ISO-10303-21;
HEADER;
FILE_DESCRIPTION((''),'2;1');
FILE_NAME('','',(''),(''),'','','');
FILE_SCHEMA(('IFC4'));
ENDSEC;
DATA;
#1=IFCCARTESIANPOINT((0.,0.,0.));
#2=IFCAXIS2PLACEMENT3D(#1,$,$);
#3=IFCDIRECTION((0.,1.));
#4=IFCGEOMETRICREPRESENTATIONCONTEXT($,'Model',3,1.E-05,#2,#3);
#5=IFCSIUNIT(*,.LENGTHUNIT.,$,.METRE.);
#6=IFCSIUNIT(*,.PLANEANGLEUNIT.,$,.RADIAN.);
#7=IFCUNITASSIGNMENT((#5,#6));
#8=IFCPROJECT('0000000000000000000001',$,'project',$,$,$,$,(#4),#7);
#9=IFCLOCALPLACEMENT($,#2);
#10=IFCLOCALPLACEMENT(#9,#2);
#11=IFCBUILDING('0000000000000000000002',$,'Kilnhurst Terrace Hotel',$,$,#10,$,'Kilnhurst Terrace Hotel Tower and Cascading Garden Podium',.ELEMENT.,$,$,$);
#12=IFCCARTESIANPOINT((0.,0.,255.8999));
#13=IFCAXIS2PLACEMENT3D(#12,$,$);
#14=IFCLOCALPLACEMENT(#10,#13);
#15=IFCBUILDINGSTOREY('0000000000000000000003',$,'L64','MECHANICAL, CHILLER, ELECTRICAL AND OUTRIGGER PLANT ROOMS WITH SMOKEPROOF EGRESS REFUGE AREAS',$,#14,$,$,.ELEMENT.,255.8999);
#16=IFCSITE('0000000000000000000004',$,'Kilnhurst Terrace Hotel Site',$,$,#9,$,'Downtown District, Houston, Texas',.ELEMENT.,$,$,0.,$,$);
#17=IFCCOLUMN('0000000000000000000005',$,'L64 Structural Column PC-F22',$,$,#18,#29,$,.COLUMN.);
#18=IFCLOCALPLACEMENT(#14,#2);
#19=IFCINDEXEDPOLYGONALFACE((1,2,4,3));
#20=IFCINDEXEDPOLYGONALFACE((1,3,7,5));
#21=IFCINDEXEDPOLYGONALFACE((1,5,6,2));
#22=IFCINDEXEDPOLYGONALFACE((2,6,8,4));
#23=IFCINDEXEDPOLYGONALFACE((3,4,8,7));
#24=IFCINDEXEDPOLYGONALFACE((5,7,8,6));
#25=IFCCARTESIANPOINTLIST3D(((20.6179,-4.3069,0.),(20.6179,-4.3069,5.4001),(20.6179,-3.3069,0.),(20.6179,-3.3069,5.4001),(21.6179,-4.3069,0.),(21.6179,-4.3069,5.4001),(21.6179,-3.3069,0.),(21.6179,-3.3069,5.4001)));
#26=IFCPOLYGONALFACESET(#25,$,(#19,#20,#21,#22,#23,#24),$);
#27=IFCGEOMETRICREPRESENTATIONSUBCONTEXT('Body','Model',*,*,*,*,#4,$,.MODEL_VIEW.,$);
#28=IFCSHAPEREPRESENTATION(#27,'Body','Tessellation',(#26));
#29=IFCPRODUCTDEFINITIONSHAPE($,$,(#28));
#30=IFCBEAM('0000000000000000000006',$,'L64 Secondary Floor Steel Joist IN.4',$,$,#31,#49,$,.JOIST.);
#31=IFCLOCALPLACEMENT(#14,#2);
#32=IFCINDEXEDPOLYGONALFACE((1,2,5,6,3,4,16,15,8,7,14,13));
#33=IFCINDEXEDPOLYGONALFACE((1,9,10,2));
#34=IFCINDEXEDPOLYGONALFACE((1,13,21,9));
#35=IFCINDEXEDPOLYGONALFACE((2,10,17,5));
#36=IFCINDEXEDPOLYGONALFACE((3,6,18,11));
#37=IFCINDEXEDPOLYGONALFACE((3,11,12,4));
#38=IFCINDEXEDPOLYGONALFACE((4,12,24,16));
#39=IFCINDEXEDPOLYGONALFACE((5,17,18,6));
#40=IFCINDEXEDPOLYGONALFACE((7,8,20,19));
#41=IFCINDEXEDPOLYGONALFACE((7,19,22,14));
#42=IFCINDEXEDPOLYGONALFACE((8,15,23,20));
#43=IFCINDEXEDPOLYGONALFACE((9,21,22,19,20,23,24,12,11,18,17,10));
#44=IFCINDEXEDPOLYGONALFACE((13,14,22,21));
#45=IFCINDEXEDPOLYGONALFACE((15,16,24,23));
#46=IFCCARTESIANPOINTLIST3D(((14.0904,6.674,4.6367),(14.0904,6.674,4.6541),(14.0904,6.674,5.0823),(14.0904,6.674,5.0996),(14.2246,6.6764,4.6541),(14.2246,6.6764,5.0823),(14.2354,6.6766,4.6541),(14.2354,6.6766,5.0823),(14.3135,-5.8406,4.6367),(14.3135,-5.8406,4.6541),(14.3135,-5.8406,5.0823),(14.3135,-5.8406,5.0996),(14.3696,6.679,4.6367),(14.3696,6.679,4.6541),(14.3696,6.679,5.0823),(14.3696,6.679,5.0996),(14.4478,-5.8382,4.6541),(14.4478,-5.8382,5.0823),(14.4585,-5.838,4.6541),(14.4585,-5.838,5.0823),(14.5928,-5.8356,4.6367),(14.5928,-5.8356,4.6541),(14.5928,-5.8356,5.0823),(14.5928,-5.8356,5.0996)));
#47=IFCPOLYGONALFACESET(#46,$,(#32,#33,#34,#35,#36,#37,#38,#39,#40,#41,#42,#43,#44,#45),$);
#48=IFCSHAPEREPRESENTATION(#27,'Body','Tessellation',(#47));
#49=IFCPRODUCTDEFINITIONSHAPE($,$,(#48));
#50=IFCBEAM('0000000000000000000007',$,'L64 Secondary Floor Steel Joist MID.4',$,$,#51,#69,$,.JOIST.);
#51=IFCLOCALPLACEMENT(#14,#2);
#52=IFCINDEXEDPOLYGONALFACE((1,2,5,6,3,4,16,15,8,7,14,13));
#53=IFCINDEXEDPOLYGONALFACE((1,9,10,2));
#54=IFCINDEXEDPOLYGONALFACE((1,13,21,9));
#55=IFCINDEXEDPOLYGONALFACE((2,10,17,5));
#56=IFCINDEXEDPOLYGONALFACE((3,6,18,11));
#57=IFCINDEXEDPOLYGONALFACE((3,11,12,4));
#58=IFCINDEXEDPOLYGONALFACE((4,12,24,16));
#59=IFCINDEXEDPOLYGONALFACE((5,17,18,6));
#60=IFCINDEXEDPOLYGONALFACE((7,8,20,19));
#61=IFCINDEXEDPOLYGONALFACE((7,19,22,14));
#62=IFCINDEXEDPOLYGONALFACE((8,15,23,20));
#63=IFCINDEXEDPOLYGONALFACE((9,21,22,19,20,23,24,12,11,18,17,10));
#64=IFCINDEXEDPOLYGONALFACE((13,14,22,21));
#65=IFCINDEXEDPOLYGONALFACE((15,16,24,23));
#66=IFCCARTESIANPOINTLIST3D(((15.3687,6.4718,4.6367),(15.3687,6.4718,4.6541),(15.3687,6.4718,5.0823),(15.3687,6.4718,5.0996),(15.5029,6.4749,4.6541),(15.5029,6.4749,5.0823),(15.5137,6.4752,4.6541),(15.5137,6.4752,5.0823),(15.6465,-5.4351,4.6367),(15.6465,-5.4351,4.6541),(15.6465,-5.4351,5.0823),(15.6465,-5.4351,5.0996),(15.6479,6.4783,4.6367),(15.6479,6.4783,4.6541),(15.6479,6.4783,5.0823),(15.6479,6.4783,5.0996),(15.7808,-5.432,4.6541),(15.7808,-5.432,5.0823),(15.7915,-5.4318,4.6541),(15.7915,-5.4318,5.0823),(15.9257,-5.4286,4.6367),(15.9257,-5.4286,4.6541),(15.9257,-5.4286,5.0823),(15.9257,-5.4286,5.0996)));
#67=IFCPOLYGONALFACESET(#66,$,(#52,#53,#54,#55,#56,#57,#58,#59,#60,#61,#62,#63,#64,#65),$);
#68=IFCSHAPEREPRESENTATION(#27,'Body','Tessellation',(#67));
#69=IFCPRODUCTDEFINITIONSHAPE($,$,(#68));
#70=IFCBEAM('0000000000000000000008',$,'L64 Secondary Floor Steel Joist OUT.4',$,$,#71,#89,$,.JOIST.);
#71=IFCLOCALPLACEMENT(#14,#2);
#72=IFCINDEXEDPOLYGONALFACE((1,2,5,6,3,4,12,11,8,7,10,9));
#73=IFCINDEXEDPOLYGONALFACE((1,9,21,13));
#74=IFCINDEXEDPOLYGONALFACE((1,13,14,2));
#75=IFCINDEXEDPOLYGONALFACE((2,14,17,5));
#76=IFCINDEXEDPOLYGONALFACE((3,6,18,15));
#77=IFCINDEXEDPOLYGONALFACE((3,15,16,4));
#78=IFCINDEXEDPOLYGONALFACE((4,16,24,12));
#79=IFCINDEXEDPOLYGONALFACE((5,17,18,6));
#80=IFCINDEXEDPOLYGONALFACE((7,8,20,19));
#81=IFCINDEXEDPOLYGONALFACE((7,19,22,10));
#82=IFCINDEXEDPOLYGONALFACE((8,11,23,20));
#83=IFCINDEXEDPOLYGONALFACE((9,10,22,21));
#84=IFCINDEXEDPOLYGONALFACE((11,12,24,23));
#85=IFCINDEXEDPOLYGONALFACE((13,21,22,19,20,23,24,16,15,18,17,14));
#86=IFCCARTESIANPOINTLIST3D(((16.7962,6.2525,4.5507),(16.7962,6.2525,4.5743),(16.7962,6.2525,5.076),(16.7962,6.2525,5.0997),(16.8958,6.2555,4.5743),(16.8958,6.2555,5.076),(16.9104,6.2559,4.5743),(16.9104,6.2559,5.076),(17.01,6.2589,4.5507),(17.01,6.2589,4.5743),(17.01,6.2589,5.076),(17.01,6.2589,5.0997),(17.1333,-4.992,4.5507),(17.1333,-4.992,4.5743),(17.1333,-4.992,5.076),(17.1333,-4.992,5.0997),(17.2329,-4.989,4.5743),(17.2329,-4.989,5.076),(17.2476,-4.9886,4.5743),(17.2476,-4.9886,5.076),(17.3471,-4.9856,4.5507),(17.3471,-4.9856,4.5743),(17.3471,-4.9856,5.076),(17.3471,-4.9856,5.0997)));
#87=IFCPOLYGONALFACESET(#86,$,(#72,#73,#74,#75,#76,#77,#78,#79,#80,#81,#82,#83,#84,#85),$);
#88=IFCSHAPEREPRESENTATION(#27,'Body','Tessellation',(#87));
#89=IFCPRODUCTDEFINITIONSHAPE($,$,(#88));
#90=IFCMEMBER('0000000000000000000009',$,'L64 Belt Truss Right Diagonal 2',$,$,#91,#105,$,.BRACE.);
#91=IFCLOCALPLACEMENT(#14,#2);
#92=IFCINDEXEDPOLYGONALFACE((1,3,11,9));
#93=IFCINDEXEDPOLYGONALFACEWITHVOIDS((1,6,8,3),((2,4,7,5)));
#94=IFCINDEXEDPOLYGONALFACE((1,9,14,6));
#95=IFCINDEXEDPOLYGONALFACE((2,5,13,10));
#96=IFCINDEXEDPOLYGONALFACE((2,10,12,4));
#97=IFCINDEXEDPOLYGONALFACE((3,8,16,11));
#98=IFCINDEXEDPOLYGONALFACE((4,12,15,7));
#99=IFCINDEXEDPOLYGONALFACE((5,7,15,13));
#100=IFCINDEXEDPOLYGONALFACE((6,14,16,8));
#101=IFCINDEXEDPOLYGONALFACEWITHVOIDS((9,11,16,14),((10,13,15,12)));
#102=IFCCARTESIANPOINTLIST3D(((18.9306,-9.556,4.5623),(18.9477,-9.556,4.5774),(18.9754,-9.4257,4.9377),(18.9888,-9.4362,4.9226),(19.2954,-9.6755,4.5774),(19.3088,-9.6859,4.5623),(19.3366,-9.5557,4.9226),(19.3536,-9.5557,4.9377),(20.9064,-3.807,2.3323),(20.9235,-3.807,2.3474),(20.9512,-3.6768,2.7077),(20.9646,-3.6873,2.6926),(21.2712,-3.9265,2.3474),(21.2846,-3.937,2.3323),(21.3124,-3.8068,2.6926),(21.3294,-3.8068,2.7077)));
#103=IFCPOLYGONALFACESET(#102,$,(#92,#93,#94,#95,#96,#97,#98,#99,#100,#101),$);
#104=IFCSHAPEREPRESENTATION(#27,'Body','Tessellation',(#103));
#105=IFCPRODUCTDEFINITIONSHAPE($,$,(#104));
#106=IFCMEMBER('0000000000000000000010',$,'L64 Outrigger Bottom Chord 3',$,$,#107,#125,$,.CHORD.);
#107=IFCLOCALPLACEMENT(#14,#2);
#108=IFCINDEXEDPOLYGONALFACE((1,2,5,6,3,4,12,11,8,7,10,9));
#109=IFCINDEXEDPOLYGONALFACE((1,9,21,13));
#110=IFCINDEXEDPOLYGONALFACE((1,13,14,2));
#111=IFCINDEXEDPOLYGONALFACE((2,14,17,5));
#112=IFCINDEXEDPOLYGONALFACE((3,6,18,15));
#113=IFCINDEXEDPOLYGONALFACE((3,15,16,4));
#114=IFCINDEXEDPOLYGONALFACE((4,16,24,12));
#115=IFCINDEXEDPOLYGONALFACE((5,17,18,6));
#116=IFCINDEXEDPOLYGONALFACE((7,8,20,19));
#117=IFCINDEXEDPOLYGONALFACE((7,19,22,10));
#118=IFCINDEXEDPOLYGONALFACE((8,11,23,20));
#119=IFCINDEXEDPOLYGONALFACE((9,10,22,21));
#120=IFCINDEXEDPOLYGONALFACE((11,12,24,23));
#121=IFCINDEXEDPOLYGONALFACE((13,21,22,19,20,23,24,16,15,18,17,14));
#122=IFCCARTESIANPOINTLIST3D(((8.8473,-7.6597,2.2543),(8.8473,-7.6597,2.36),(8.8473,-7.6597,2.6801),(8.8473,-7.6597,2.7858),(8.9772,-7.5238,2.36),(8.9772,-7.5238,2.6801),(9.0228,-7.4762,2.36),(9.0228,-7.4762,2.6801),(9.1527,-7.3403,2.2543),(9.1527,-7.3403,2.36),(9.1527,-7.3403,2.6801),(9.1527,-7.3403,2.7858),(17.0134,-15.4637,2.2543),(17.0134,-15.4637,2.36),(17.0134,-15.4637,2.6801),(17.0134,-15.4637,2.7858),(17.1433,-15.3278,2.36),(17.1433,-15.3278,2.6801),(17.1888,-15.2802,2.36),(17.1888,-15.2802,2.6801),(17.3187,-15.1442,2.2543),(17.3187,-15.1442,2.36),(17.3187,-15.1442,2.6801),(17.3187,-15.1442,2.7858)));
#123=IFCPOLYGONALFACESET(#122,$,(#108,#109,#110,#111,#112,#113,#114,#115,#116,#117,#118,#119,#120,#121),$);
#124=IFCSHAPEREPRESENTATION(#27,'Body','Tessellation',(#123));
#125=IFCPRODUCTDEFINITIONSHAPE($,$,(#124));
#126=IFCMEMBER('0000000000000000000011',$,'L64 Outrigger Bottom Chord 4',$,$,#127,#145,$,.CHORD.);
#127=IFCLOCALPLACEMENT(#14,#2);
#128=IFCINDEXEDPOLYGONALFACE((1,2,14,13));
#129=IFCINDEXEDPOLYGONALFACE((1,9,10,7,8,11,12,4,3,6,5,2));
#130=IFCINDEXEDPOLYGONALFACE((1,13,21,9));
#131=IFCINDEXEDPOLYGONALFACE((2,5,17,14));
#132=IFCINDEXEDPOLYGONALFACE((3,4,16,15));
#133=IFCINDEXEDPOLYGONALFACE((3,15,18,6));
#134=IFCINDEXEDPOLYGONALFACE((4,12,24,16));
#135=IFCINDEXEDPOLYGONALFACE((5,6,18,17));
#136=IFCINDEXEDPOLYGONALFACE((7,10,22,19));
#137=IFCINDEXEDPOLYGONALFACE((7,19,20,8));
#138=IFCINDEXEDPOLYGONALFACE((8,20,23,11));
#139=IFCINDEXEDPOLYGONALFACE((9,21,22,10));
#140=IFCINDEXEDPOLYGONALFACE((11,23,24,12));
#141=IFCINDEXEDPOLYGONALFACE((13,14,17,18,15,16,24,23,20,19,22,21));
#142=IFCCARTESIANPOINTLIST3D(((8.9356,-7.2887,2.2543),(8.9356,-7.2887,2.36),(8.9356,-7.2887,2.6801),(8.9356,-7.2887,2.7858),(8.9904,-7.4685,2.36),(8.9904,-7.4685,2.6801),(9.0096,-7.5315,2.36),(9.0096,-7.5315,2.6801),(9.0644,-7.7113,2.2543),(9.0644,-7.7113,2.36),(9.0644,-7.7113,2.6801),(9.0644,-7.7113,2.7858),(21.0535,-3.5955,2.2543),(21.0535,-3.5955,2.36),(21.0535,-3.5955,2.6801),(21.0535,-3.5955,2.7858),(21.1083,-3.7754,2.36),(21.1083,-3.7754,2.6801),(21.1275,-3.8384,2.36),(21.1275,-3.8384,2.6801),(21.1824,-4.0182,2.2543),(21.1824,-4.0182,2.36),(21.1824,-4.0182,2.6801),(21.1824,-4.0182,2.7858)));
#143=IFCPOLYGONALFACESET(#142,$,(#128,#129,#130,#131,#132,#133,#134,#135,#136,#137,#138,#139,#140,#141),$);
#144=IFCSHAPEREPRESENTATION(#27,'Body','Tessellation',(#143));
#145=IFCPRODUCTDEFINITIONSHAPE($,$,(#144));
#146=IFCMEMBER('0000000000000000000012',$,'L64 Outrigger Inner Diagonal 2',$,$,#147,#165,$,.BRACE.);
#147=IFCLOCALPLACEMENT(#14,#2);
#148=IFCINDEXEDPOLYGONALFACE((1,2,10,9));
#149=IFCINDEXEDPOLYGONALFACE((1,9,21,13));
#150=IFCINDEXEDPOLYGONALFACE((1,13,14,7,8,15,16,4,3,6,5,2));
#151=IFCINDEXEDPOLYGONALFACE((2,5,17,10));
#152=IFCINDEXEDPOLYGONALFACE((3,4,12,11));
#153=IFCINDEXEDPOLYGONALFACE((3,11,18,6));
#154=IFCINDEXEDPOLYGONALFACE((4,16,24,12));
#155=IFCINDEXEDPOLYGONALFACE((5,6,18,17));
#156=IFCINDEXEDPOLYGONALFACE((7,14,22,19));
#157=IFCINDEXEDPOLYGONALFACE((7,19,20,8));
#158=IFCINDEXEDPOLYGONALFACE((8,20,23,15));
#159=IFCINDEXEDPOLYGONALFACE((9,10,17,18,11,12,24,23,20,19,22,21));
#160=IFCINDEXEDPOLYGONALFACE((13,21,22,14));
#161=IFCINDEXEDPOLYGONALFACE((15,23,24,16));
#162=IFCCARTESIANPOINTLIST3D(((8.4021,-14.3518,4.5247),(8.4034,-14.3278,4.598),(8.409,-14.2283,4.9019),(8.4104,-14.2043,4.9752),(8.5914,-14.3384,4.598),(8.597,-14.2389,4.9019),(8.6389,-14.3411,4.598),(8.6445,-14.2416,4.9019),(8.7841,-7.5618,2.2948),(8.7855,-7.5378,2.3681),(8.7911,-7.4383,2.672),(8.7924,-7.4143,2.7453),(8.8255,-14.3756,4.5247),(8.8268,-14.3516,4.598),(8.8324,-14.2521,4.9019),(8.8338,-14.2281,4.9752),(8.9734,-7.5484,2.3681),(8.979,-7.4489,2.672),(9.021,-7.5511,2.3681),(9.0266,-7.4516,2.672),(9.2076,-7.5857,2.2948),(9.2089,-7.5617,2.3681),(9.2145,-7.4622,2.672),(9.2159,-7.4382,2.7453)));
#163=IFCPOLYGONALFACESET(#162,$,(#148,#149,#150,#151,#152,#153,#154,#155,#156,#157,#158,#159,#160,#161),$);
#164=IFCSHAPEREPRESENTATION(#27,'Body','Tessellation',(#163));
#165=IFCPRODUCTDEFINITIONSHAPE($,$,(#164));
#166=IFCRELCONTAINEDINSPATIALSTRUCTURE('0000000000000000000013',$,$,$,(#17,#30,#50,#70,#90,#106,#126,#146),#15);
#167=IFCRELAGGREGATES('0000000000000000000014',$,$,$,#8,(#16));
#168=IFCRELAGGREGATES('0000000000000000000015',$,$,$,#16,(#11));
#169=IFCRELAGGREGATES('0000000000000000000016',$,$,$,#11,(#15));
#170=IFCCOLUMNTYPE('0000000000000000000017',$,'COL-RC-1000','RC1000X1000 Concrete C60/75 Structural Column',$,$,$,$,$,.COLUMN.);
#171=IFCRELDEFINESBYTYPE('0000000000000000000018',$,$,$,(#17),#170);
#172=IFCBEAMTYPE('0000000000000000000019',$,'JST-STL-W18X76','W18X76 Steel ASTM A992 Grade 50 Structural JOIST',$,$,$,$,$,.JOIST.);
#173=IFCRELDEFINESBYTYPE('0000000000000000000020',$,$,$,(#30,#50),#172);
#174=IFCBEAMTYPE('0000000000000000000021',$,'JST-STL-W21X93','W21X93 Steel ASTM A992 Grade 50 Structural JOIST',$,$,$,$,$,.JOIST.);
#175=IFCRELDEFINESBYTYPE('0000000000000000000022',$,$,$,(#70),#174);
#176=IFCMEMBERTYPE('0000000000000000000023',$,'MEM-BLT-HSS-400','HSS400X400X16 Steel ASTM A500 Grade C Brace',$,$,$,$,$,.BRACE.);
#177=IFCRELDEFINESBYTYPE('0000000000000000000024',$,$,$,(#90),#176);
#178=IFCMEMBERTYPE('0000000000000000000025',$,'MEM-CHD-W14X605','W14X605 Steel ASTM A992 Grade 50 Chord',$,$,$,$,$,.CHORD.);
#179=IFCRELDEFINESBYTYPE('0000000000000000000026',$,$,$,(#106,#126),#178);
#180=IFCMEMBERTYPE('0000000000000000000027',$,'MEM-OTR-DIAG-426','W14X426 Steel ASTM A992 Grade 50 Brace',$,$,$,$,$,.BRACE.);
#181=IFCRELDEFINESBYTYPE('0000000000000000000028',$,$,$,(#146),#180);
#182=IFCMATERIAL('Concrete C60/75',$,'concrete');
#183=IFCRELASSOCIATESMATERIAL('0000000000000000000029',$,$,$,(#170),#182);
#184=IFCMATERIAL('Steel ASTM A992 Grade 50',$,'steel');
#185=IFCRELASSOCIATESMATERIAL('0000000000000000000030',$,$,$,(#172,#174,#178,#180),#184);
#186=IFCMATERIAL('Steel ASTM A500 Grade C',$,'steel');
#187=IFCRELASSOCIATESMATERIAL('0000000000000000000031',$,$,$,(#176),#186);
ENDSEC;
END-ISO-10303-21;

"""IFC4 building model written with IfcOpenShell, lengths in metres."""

from ifc_helpers import new_model, si_unit, direction, frame, origin, origin_2d, place, context, subcontext, project, spatial, rectangle, hollow_rectangle, i_section, extrude, material, material_profile, profile_set, type_object, element, save


model = new_model("IFC4")

# Units and contexts
model_context = context("Model", 3, precision=1e-05, world=origin(), true_north=direction((0.0, 1.0)))
body_context = subcontext(model_context, "Body", "Model", "MODEL_VIEW")
ifc_project = project(units=[si_unit("LENGTHUNIT", "METRE"), si_unit("PLANEANGLEUNIT", "RADIAN")], contexts=[model_context])

# Site, building, storey
site_placement = place(None, origin())
site = spatial("IfcSite", under=ifc_project, at=site_placement, Name="Kilnhurst Terrace Hotel Site", LongName="Downtown District, Houston, Texas", CompositionType="ELEMENT", RefElevation=0.0)
building_placement = place(site_placement, origin())
building = spatial("IfcBuilding", under=site, at=building_placement, Name="Kilnhurst Terrace Hotel", LongName="Kilnhurst Terrace Hotel Tower and Cascading Garden Podium", CompositionType="ELEMENT")
storey_placement = place(building_placement, frame((0.0, 0.0, 255.8999)))
storey = spatial("IfcBuildingStorey", under=building, at=storey_placement, Name="L64", Description="MECHANICAL, CHILLER, ELECTRICAL AND OUTRIGGER PLANT ROOMS WITH SMOKEPROOF EGRESS REFUGE AREAS", CompositionType="ELEMENT", Elevation=255.8999)

# Column
ifc_material_1 = material(Name="Concrete C60/75", Category="concrete")
ifc_material_profile_1 = material_profile(ifc_material_1, rectangle(XDim=1.0, YDim=1.0, at=origin_2d()), Name="RC1000X1000")
ifc_profile_set_1 = profile_set([ifc_material_profile_1], Name="Concrete C60/75")
column_type = type_object("IfcColumnType", Name="COL-RC-1000", Description="RC1000X1000 Concrete C60/75 Structural Column", PredefinedType="COLUMN", material=ifc_profile_set_1)
column_placement = place(storey_placement, frame((21.1179, -3.8069, 0.0), z_axis=(0.0, 0.0, 1.0), x_axis=(1.0, 0.0, 0.0)))
element("IfcColumn", 1, at=column_placement, inside=storey, type_object=column_type, Name="L64 Structural Column PC-F22", PredefinedType="COLUMN", context=body_context, shape_type="SweptSolid", body=[
    extrude(rectangle(XDim=1.0, YDim=1.0, at=origin_2d()), origin(), (0.0, 0.0, 1.0), 5.4001),
])

# Beams
ifc_material_2 = material(Name="Steel ASTM A992 Grade 50", Category="steel")
ifc_material_profile_2 = material_profile(ifc_material_2, i_section(OverallWidth=0.2793, OverallDepth=0.4629, WebThickness=0.0107, FlangeThickness=0.0173, at=origin_2d()), Name="W18X76")
ifc_profile_set_2 = profile_set([ifc_material_profile_2], Name="Steel ASTM A992 Grade 50")
beam_type_1 = type_object("IfcBeamType", Name="JST-STL-W18X76", Description="W18X76 Steel ASTM A992 Grade 50 Structural JOIST", PredefinedType="JOIST", material=ifc_profile_set_2)
beam_1_placement = place(storey_placement, frame((14.4531, -5.8381, 4.8682), z_axis=(-0.017828, 0.999841, 0.0), x_axis=(-0.999841, -0.017828, 0.0)))
element("IfcBeam", 2, at=beam_1_placement, inside=storey, type_object=beam_type_1, Name="L64 Secondary Floor Steel Joist IN.4", PredefinedType="JOIST", context=body_context, shape_type="SweptSolid", body=[
    extrude(i_section(OverallWidth=0.2793, OverallDepth=0.4629, WebThickness=0.0107, FlangeThickness=0.0173, at=origin_2d()), origin(), (0.0, 0.0, 1.0), 12.5166),
])
beam_2_placement = place(storey_placement, frame((15.7861, -5.4319, 4.8682), z_axis=(-0.023327, 0.999728, 0.0), x_axis=(-0.999728, -0.023327, 0.0)))
element("IfcBeam", 3, at=beam_2_placement, inside=storey, type_object=beam_type_1, Name="L64 Secondary Floor Steel Joist MID.4", PredefinedType="JOIST", context=body_context, shape_type="SweptSolid", body=[
    extrude(i_section(OverallWidth=0.2793, OverallDepth=0.4629, WebThickness=0.0107, FlangeThickness=0.0173, at=origin_2d()), origin(), (0.0, 0.0, 1.0), 11.9102),
])
ifc_material_profile_3 = material_profile(ifc_material_2, i_section(OverallWidth=0.2139, OverallDepth=0.5491, WebThickness=0.0146, FlangeThickness=0.0237, at=origin_2d()), Name="W21X93")
ifc_profile_set_3 = profile_set([ifc_material_profile_3], Name="Steel ASTM A992 Grade 50")
beam_type_2 = type_object("IfcBeamType", Name="JST-STL-W21X93", Description="W21X93 Steel ASTM A992 Grade 50 Structural JOIST", PredefinedType="JOIST", material=ifc_profile_set_3)
beam_3_placement = place(storey_placement, frame((17.2402, -4.9888, 4.8252), z_axis=(-0.029971, 0.999551, 0.0), x_axis=(-0.999551, -0.029971, 0.0)))
element("IfcBeam", 4, at=beam_3_placement, inside=storey, type_object=beam_type_2, Name="L64 Secondary Floor Steel Joist OUT.4", PredefinedType="JOIST", context=body_context, shape_type="SweptSolid", body=[
    extrude(i_section(OverallWidth=0.2139, OverallDepth=0.5491, WebThickness=0.0146, FlangeThickness=0.0237, at=origin_2d()), origin(), (0.0, 0.0, 1.0), 11.2495),
])

# Members
ifc_material_3 = material(Name="Steel ASTM A500 Grade C", Category="steel")
ifc_material_profile_4 = material_profile(ifc_material_3, hollow_rectangle(XDim=0.3999, YDim=0.3999, WallThickness=0.0161, at=origin_2d()), Name="HSS400X400X16")
ifc_profile_set_4 = profile_set([ifc_material_profile_4], Name="Steel ASTM A500 Grade C")
member_type_1 = type_object("IfcMemberType", Name="MEM-BLT-HSS-400", Description="HSS400X400X16 Steel ASTM A500 Grade C Brace", PredefinedType="BRACE", material=ifc_profile_set_4)
member_1_placement = place(storey_placement, frame((21.1179, -3.8069, 2.52), z_axis=(-0.305139, -0.887855, 0.344389), x_axis=(0.945707, -0.325021, 0.0)))
element("IfcMember", 5, at=member_1_placement, inside=storey, type_object=member_type_1, Name="L64 Belt Truss Right Diagonal 2", PredefinedType="BRACE", context=body_context, shape_type="SweptSolid", body=[
    extrude(hollow_rectangle(XDim=0.3999, YDim=0.3999, WallThickness=0.0161, at=origin_2d()), origin(), (0.0, 0.0, 1.0), 6.4751),
])
ifc_material_profile_5 = material_profile(ifc_material_2, i_section(OverallWidth=0.4419, OverallDepth=0.5315, WebThickness=0.0659, FlangeThickness=0.1057, at=origin_2d()), Name="W14X605")
ifc_profile_set_5 = profile_set([ifc_material_profile_5], Name="Steel ASTM A992 Grade 50")
member_type_2 = type_object("IfcMemberType", Name="MEM-CHD-W14X605", Description="W14X605 Steel ASTM A992 Grade 50 Chord", PredefinedType="CHORD", material=ifc_profile_set_5)
member_2_placement = place(storey_placement, frame((9.0, -7.5, 2.52), z_axis=(0.722952, -0.690898, 0.0), x_axis=(0.690898, 0.722952, 0.0)))
element("IfcMember", 6, at=member_2_placement, inside=storey, type_object=member_type_2, Name="L64 Outrigger Bottom Chord 3", PredefinedType="CHORD", context=body_context, shape_type="SweptSolid", body=[
    extrude(i_section(OverallWidth=0.4419, OverallDepth=0.5315, WebThickness=0.0659, FlangeThickness=0.1057, at=origin_2d()), origin(), (0.0, 0.0, 1.0), 11.2954),
])
member_3_placement = place(storey_placement, frame((9.0, -7.5, 2.52), z_axis=(0.956563, 0.291527, 0.0), x_axis=(-0.291527, 0.956563, 0.0)))
element("IfcMember", 7, at=member_3_placement, inside=storey, type_object=member_type_2, Name="L64 Outrigger Bottom Chord 4", PredefinedType="CHORD", context=body_context, shape_type="SweptSolid", body=[
    extrude(i_section(OverallWidth=0.4419, OverallDepth=0.5315, WebThickness=0.0659, FlangeThickness=0.1057, at=origin_2d()), origin(), (0.0, 0.0, 1.0), 12.6682),
])
ifc_material_profile_6 = material_profile(ifc_material_2, i_section(OverallWidth=0.4241, OverallDepth=0.4741, WebThickness=0.0476, FlangeThickness=0.0771, at=origin_2d()), Name="W14X426")
ifc_profile_set_6 = profile_set([ifc_material_profile_6], Name="Steel ASTM A992 Grade 50")
member_type_3 = type_object("IfcMemberType", Name="MEM-OTR-DIAG-426", Description="W14X426 Steel ASTM A992 Grade 50 Brace", PredefinedType="BRACE", material=ifc_profile_set_6)
member_4_placement = place(storey_placement, frame((9.0, -7.5, 2.52), z_axis=(-0.053385, -0.94872, 0.311578), x_axis=(0.998421, -0.056182, 0.0)))
element("IfcMember", 8, at=member_4_placement, inside=storey, type_object=member_type_3, Name="L64 Outrigger Inner Diagonal 2", PredefinedType="BRACE", context=body_context, shape_type="SweptSolid", body=[
    extrude(i_section(OverallWidth=0.4241, OverallDepth=0.4741, WebThickness=0.0476, FlangeThickness=0.0771, at=origin_2d()), origin(), (0.0, 0.0, 1.0), 7.157),
])

save(model, "model.ifc")
